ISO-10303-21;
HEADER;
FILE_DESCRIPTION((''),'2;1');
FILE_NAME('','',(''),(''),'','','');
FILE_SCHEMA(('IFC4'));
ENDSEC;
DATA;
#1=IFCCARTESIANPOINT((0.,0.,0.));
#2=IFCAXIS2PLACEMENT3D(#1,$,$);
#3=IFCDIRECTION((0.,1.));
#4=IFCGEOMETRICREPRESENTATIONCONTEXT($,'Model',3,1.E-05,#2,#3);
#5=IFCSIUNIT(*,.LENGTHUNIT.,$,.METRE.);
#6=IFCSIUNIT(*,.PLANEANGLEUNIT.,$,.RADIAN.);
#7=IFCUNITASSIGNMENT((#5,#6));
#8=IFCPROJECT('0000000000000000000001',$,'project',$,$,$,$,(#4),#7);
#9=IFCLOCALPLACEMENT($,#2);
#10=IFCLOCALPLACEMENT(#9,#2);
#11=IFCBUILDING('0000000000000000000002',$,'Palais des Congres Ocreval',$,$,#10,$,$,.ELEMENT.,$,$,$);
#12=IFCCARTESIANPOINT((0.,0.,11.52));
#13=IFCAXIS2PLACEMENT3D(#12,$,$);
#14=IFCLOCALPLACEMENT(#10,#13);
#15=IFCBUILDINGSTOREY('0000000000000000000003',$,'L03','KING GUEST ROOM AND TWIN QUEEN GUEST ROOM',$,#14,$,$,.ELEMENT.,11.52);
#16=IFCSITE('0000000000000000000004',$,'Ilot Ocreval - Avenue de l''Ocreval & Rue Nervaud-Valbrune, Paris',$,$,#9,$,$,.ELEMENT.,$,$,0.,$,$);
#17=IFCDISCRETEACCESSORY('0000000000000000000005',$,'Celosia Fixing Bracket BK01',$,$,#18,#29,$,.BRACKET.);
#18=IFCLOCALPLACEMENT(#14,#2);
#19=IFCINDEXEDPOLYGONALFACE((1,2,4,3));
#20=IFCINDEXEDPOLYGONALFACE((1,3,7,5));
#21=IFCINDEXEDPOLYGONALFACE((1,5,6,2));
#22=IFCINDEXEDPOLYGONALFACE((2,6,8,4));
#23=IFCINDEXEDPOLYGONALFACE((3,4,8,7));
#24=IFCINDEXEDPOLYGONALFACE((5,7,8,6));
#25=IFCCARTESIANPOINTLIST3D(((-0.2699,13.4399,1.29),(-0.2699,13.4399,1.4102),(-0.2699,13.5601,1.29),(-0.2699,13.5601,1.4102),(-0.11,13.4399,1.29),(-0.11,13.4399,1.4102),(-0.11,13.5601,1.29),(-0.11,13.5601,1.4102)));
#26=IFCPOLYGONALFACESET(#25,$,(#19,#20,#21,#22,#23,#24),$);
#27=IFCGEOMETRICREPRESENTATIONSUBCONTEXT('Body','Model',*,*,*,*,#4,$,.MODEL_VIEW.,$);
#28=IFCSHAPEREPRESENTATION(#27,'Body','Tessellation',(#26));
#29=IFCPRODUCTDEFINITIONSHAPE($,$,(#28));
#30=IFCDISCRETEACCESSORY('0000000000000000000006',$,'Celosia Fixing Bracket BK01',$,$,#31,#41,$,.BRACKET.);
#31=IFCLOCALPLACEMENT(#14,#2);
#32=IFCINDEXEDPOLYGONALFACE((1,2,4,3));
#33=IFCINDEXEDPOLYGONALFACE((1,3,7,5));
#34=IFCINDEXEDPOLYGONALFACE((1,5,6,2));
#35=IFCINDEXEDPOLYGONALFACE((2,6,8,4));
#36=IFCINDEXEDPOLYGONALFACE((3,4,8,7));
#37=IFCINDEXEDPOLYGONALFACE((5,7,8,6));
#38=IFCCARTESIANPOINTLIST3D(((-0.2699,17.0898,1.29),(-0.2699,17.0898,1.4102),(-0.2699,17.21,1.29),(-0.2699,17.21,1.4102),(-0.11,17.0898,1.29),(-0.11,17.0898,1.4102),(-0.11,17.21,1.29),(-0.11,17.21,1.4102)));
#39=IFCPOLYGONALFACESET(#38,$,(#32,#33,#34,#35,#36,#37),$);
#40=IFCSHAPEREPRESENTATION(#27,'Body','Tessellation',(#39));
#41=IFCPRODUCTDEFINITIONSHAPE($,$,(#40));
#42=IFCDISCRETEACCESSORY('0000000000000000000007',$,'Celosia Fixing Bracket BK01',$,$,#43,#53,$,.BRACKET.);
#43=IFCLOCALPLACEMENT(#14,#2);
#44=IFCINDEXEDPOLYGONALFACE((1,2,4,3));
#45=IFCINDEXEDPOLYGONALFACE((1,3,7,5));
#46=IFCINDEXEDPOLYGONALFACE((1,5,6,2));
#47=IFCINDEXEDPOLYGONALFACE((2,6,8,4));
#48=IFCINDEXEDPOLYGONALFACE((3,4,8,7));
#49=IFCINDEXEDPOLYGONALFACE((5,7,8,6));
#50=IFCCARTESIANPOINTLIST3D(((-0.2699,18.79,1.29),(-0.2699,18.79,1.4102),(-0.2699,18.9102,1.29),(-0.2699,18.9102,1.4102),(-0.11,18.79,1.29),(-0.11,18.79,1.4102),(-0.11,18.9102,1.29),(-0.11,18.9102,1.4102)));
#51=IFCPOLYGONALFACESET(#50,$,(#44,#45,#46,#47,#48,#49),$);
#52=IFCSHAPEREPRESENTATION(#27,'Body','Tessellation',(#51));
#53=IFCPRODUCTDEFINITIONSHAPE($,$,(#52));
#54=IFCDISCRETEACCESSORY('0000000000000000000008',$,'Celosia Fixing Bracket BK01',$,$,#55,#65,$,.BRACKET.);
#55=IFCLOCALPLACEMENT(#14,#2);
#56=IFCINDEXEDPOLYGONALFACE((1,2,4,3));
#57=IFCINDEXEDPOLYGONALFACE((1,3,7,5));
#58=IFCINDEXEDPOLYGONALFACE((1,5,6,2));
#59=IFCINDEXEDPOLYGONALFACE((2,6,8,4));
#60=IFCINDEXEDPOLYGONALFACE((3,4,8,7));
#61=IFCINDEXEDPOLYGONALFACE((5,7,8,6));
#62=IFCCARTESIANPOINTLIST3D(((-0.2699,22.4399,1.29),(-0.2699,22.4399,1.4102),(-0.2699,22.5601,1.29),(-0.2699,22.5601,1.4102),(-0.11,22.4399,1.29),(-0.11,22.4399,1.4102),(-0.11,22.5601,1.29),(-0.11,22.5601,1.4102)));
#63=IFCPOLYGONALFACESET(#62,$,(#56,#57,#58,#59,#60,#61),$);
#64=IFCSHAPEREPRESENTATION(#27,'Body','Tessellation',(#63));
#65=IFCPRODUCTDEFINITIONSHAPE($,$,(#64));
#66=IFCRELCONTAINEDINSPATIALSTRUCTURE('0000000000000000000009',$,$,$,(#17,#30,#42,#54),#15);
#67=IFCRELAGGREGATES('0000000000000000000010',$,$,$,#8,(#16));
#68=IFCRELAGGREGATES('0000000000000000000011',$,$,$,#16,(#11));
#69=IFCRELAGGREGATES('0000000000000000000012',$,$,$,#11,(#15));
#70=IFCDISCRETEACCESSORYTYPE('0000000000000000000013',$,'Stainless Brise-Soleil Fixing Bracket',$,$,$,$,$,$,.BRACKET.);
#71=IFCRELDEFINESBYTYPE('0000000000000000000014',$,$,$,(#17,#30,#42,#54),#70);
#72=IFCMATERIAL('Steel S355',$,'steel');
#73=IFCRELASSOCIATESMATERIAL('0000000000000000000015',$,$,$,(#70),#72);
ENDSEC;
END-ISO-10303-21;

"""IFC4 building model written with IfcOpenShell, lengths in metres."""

from ifc_helpers import new_model, si_unit, direction, frame, origin, origin_2d, place, context, subcontext, project, spatial, rectangle, extrude, material, type_object, element, save


model = new_model("IFC4")

# Units and contexts
model_context = context("Model", 3, precision=1e-05, world=origin(), true_north=direction((0.0, 1.0)))
body_context = subcontext(model_context, "Body", "Model", "MODEL_VIEW")
ifc_project = project(units=[si_unit("LENGTHUNIT", "METRE"), si_unit("PLANEANGLEUNIT", "RADIAN")], contexts=[model_context])

# Site, building, storey
site_placement = place(None, origin())
site = spatial("IfcSite", under=ifc_project, at=site_placement, Name="Ilot Ocreval - Avenue de l'Ocreval & Rue Nervaud-Valbrune, Paris", CompositionType="ELEMENT", RefElevation=0.0)
building_placement = place(site_placement, origin())
building = spatial("IfcBuilding", under=site, at=building_placement, Name="Palais des Congres Ocreval", CompositionType="ELEMENT")
storey_placement = place(building_placement, frame((0.0, 0.0, 11.52)))
storey = spatial("IfcBuildingStorey", under=building, at=storey_placement, Name="L03", Description="KING GUEST ROOM AND TWIN QUEEN GUEST ROOM", CompositionType="ELEMENT", Elevation=11.52)

# Shared definitions
ifc_material_1 = material(Name="Steel S355", Category="steel")

# Discrete accessories
discrete_accessory_type = type_object("IfcDiscreteAccessoryType", Name="Stainless Brise-Soleil Fixing Bracket", PredefinedType="BRACKET", material=ifc_material_1)
for number, where, z_axis, x_axis, name in (
    (1, (-0.1899, 13.5, 1.29), (0.0, 0.0, 1.0), (-1.0, 0.0, 0.0), "Celosia Fixing Bracket BK01"),
    (2, (-0.1899, 17.1499, 1.29), (0.0, 0.0, 1.0), (-1.0, 0.0, 0.0), "Celosia Fixing Bracket BK01"),
    (3, (-0.1899, 18.8501, 1.29), (0.0, 0.0, 1.0), (-1.0, 0.0, 0.0), "Celosia Fixing Bracket BK01"),
    (4, (-0.1899, 22.5, 1.29), (0.0, 0.0, 1.0), (-1.0, 0.0, 0.0), "Celosia Fixing Bracket BK01"),
):
    element("IfcDiscreteAccessory", number, at=place(storey_placement, frame(where, z_axis=z_axis, x_axis=x_axis)), inside=storey, type_object=discrete_accessory_type, Name=name, PredefinedType="BRACKET", context=body_context, shape_type="SweptSolid", body=[
        extrude(rectangle(XDim=0.1599, YDim=0.1201, at=origin_2d()), origin(), (0.0, 0.0, 1.0), 0.1201),
    ])

save(model, "model.ifc")
